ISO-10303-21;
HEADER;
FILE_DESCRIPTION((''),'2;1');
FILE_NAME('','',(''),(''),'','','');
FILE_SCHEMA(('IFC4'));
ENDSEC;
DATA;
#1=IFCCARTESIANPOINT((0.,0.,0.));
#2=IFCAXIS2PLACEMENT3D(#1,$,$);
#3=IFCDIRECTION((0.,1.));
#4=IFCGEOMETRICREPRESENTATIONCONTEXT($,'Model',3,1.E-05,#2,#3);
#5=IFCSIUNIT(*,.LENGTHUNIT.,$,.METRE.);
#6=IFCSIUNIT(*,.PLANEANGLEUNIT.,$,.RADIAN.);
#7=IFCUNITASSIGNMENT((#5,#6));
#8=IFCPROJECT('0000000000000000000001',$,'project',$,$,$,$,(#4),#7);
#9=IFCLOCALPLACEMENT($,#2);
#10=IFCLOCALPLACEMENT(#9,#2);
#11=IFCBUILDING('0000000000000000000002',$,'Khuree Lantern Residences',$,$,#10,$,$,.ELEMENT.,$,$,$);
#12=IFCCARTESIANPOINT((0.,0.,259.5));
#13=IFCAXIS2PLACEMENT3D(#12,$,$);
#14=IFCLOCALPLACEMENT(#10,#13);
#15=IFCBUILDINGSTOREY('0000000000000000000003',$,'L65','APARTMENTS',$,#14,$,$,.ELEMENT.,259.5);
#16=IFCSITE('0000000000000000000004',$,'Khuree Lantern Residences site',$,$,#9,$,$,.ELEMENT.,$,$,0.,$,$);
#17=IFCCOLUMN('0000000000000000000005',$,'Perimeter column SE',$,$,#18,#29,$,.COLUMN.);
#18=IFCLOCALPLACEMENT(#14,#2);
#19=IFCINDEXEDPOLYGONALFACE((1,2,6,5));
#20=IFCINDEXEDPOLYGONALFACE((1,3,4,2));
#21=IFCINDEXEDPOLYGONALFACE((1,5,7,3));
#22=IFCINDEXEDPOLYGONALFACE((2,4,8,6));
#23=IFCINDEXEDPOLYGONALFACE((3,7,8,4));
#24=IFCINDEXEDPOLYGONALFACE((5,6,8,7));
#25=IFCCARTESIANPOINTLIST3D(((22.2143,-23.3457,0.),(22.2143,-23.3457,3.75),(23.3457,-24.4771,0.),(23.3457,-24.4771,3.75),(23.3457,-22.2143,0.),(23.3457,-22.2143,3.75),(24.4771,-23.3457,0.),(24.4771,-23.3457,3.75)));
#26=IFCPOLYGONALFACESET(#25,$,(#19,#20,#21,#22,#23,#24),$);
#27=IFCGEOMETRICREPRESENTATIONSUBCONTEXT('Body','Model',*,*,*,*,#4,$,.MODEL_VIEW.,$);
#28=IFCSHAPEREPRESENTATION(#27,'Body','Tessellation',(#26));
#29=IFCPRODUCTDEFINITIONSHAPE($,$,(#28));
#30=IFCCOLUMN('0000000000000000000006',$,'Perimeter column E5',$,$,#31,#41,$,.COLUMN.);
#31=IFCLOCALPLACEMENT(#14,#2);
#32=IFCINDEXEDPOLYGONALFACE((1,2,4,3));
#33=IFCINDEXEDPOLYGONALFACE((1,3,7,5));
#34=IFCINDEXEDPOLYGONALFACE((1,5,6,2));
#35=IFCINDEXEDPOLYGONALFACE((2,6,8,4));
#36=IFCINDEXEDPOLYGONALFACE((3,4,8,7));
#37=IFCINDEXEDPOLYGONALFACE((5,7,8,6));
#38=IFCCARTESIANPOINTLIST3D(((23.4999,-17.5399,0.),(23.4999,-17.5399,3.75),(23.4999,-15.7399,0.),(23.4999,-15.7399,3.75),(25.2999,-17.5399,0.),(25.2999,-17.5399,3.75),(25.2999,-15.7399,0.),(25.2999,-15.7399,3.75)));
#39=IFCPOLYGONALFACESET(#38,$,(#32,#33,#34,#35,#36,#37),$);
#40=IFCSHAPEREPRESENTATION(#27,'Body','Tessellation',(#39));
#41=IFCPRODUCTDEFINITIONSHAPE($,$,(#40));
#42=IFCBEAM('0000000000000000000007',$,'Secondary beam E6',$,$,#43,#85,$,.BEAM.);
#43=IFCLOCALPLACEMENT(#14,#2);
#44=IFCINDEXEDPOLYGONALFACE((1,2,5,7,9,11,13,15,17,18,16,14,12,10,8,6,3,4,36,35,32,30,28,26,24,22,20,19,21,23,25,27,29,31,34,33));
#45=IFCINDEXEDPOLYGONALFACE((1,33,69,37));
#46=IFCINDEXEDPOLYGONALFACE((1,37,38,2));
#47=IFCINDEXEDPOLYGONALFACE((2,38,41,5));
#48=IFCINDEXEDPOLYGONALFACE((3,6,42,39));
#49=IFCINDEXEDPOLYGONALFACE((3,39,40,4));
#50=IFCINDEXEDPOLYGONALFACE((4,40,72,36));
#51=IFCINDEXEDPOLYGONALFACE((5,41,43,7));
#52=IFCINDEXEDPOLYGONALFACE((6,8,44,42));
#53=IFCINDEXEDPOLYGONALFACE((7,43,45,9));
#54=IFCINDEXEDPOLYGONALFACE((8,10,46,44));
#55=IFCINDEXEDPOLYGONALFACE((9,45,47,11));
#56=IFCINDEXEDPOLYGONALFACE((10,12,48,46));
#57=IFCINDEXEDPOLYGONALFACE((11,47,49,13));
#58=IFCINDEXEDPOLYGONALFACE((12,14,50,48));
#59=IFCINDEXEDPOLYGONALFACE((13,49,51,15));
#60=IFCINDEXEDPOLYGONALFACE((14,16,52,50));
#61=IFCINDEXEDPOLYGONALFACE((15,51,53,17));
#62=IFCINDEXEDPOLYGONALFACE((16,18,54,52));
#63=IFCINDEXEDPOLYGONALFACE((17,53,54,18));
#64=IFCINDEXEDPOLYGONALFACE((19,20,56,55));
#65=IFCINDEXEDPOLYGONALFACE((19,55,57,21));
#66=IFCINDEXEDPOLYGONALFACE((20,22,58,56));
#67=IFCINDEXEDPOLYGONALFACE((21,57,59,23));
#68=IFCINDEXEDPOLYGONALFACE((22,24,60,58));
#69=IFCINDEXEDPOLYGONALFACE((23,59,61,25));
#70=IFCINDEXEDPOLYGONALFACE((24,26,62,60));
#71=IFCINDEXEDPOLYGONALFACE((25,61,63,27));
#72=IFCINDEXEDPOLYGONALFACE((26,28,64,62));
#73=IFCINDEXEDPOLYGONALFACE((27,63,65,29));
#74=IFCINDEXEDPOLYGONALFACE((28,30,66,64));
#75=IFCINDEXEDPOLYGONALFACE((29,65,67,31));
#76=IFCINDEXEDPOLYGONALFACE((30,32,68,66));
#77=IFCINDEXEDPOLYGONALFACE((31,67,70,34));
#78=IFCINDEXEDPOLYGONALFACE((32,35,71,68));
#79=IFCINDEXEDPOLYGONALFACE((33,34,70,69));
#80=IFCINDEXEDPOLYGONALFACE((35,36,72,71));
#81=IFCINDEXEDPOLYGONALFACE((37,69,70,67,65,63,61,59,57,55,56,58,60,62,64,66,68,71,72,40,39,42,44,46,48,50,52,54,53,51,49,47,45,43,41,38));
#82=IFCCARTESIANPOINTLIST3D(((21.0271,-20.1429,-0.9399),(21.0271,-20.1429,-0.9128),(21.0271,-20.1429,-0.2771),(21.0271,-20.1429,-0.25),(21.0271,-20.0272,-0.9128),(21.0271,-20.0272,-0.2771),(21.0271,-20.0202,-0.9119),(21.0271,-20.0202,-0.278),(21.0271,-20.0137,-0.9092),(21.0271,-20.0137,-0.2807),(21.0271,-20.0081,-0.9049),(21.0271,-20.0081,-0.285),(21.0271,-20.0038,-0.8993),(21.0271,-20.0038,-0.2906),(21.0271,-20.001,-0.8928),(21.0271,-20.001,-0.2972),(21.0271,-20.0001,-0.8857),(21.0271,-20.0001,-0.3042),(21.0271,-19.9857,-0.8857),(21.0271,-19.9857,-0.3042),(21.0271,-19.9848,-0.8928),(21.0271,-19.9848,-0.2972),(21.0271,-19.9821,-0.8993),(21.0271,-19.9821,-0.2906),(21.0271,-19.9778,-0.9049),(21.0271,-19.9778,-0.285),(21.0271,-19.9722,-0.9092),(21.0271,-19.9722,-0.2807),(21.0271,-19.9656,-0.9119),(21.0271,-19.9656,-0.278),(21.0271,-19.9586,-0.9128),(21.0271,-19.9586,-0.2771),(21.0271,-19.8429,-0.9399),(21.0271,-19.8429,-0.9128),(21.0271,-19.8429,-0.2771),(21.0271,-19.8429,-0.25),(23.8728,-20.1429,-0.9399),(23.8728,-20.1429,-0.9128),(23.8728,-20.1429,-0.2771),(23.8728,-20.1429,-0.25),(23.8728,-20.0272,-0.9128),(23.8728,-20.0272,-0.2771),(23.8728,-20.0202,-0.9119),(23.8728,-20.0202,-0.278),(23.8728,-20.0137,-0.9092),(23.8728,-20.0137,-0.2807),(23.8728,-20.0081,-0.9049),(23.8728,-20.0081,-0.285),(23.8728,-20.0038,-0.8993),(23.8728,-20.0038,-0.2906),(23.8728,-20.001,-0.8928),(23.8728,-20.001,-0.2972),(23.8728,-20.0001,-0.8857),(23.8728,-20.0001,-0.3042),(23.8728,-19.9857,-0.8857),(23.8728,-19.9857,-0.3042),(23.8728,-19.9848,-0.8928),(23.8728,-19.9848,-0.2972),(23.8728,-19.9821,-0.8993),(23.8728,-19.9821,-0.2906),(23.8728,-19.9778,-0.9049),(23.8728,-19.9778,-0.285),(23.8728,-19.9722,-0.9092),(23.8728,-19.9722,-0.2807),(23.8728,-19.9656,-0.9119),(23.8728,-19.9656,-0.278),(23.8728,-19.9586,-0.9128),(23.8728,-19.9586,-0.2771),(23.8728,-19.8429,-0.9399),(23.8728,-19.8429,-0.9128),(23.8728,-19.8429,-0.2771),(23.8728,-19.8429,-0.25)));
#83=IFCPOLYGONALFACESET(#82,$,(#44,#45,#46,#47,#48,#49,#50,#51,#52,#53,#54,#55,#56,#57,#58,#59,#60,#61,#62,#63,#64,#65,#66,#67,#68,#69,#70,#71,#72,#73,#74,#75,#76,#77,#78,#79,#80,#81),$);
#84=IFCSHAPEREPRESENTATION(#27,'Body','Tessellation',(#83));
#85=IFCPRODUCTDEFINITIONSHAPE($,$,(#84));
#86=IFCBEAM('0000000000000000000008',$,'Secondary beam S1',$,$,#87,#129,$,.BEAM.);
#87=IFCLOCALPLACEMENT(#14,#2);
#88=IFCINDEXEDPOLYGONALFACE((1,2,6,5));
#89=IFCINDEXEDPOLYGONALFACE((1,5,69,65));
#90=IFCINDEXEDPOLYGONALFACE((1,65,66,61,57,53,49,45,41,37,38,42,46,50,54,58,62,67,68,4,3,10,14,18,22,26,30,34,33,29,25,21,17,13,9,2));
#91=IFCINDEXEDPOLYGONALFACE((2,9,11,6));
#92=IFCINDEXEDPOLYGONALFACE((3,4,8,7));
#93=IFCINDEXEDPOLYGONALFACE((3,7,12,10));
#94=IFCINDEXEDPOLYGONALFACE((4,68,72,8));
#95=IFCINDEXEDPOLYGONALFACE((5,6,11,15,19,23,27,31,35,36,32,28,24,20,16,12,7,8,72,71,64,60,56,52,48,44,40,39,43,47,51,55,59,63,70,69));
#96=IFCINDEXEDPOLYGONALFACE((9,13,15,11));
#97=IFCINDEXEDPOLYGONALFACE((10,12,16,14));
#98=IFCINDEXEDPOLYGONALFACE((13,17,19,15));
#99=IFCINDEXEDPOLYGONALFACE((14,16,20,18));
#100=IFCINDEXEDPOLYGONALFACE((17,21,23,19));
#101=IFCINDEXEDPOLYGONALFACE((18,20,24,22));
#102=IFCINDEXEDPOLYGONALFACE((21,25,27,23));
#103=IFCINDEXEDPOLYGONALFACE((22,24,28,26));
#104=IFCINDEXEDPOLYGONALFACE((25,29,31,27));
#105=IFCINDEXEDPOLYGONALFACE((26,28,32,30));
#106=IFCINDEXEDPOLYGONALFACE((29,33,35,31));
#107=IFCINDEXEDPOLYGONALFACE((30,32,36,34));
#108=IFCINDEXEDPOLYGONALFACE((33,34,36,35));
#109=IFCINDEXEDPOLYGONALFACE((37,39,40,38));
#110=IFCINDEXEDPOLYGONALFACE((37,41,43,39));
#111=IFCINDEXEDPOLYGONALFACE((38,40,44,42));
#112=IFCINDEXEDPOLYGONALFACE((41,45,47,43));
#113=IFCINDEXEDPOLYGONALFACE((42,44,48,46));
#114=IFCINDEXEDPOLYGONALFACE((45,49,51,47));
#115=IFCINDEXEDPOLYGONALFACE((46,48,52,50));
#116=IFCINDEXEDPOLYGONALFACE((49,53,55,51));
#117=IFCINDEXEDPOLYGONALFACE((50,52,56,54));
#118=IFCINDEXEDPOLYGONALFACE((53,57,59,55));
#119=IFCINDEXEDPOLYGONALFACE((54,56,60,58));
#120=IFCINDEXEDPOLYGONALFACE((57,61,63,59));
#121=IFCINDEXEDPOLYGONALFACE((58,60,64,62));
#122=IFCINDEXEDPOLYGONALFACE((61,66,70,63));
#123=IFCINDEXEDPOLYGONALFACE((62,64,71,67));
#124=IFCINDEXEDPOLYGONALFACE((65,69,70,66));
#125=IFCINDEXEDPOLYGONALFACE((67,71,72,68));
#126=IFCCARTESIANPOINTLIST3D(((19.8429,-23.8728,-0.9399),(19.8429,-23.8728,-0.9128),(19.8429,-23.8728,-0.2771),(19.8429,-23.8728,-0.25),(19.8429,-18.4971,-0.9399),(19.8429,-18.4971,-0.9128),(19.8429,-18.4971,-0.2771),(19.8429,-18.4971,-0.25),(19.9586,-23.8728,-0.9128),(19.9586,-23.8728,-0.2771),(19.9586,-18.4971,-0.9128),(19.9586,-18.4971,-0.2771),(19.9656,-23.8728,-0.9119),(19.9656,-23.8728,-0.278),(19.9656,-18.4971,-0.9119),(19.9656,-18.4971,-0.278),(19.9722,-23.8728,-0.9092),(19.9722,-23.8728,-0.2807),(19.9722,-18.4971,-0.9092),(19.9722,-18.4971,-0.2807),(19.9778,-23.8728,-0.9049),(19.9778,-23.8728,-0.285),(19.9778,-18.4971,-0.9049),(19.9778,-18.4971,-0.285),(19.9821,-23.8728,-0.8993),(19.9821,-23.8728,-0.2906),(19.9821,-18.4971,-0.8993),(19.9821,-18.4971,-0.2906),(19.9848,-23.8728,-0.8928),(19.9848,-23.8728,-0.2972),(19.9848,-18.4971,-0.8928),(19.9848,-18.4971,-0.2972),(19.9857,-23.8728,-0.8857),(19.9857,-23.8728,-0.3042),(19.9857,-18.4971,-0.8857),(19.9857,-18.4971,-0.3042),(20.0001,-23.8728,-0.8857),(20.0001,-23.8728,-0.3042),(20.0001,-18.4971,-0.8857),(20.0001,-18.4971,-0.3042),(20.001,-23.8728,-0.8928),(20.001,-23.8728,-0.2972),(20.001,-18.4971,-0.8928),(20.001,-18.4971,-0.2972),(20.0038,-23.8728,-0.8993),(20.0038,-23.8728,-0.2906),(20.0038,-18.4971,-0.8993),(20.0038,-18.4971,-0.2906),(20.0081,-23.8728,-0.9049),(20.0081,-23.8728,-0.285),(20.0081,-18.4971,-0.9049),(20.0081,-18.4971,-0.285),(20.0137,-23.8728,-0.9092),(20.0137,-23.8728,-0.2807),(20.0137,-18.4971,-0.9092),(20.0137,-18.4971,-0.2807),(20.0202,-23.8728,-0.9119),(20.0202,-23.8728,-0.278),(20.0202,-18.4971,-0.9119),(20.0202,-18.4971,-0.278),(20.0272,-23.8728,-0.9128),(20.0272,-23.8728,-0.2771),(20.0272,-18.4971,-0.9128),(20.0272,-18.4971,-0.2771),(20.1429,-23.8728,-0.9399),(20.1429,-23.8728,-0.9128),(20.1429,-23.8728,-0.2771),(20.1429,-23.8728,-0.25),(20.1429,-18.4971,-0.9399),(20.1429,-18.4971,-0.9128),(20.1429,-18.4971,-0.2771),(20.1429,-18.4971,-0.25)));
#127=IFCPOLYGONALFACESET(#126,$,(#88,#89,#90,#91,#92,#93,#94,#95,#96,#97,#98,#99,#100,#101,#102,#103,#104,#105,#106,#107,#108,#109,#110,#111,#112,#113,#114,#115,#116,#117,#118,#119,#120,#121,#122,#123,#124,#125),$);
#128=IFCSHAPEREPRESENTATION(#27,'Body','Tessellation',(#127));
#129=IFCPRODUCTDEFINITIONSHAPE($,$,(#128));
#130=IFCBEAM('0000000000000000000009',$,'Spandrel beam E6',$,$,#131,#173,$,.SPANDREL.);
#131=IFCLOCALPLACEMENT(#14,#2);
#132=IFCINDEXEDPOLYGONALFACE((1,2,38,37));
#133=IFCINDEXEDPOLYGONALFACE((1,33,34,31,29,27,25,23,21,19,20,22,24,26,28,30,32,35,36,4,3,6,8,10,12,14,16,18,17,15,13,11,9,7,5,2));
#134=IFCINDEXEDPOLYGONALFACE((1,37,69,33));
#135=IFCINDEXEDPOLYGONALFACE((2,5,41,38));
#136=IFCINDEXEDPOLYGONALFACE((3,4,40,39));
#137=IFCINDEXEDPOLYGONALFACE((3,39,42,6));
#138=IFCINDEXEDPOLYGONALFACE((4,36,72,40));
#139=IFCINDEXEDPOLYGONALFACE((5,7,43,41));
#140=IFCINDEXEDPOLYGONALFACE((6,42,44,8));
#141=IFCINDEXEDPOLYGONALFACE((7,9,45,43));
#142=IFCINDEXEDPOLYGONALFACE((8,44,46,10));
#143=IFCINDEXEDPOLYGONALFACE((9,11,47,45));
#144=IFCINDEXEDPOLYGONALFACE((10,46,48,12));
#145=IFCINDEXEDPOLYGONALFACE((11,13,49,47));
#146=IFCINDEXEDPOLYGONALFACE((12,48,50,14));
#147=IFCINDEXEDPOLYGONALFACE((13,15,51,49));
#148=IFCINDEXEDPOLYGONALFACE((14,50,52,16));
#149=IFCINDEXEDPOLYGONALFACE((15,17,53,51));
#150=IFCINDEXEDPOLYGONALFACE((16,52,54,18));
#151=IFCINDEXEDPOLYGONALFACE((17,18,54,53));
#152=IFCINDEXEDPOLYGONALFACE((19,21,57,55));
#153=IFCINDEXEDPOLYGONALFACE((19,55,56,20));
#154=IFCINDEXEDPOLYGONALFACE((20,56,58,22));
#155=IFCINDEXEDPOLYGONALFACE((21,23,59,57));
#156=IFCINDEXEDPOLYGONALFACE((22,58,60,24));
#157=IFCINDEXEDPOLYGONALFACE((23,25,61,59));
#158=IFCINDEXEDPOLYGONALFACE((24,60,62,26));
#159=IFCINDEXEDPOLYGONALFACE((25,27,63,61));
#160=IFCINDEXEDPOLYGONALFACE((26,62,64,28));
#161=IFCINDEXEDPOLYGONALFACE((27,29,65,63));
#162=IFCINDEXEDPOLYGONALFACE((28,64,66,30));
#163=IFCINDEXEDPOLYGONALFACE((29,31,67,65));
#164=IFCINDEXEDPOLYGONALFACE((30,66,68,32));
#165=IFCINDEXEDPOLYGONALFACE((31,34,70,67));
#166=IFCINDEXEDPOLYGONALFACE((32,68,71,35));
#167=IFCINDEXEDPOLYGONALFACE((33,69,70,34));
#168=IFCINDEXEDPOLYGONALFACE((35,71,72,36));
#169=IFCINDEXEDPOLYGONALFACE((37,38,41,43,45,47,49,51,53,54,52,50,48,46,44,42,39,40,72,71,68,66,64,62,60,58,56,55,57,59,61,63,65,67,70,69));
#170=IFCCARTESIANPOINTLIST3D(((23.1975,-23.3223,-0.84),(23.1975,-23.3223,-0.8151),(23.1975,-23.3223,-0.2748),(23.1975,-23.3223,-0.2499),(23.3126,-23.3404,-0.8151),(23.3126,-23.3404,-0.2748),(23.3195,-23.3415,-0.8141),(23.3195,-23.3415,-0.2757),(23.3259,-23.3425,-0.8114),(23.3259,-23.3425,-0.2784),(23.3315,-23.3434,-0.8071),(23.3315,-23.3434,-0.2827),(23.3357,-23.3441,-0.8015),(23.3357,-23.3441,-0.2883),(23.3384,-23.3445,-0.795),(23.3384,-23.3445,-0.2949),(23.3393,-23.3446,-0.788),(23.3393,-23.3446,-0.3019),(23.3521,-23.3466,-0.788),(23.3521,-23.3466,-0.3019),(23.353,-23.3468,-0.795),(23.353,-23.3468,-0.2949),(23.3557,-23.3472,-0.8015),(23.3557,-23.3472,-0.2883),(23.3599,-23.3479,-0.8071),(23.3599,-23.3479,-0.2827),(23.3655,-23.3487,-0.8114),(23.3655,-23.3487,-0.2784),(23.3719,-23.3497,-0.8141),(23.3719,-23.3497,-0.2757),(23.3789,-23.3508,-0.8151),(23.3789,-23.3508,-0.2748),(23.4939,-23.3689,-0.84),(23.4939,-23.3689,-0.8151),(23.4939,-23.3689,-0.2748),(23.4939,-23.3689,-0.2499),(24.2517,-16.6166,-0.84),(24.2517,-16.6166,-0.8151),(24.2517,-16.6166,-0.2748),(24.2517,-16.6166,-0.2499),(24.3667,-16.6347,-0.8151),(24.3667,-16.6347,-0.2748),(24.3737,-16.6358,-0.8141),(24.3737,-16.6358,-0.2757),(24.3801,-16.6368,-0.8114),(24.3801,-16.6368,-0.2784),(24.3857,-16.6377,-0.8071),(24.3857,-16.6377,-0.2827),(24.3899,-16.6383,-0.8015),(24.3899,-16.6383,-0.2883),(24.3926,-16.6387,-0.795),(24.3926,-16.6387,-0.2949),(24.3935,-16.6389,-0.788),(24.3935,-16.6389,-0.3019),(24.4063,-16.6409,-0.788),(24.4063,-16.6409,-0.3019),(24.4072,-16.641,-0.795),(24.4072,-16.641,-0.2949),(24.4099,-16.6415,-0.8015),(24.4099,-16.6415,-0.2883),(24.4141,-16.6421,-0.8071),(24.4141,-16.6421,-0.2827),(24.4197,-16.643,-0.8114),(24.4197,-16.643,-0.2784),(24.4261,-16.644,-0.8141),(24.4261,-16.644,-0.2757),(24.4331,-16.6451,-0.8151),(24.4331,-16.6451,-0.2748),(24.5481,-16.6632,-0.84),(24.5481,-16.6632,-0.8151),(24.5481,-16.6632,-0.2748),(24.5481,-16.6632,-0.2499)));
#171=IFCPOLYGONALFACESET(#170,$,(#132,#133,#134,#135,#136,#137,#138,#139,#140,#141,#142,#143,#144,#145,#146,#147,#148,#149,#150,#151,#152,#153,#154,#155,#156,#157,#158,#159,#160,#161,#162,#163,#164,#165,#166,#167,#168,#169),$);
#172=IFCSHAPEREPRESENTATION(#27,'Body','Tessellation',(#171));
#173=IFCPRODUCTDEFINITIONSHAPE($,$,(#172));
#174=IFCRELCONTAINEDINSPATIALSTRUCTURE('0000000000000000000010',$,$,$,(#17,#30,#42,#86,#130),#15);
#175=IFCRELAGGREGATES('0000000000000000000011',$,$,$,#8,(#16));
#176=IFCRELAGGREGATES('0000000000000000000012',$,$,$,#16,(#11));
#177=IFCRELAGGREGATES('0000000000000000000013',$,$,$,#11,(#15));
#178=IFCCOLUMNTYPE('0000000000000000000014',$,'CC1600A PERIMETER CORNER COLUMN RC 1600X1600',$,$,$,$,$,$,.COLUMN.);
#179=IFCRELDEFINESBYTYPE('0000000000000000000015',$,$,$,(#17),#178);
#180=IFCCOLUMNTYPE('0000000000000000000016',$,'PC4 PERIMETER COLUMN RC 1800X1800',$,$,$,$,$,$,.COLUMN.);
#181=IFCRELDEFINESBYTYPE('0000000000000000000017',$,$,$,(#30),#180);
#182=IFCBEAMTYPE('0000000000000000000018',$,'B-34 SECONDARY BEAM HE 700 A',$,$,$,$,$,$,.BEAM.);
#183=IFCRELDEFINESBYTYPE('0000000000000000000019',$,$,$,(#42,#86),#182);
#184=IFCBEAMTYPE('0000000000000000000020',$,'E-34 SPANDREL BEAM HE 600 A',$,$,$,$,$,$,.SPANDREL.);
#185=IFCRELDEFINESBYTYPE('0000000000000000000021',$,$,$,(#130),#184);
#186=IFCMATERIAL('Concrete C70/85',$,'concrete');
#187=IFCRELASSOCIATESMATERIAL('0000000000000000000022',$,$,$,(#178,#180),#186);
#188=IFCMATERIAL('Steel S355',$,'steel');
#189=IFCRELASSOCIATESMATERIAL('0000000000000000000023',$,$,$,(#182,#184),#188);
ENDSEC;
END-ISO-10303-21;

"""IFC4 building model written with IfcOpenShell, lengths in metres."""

from ifc_helpers import new_model, si_unit, direction, frame, origin, origin_2d, place, context, subcontext, project, spatial, rectangle, i_section, extrude, material, material_profile, profile_set, type_object, element, save


model = new_model("IFC4")

# Units and contexts
model_context = context("Model", 3, precision=1e-05, world=origin(), true_north=direction((0.0, 1.0)))
body_context = subcontext(model_context, "Body", "Model", "MODEL_VIEW")
ifc_project = project(units=[si_unit("LENGTHUNIT", "METRE"), si_unit("PLANEANGLEUNIT", "RADIAN")], contexts=[model_context])

# Site, building, storey
site_placement = place(None, origin())
site = spatial("IfcSite", under=ifc_project, at=site_placement, Name="Khuree Lantern Residences site", CompositionType="ELEMENT", RefElevation=0.0)
building_placement = place(site_placement, origin())
building = spatial("IfcBuilding", under=site, at=building_placement, Name="Khuree Lantern Residences", CompositionType="ELEMENT")
storey_placement = place(building_placement, frame((0.0, 0.0, 259.5)))
storey = spatial("IfcBuildingStorey", under=building, at=storey_placement, Name="L65", Description="APARTMENTS", CompositionType="ELEMENT", Elevation=259.5)

# Columns
ifc_material_1 = material(Name="Concrete C70/85", Category="concrete")
ifc_material_profile_1 = material_profile(ifc_material_1, rectangle(XDim=1.6001, YDim=1.6001, at=origin_2d()), Name="RC 1600X1600")
ifc_profile_set_1 = profile_set([ifc_material_profile_1], Name="Concrete C70/85")
column_type_1 = type_object("IfcColumnType", Name="CC1600A PERIMETER CORNER COLUMN RC 1600X1600", PredefinedType="COLUMN", material=ifc_profile_set_1)
column_1_placement = place(storey_placement, frame((23.3457, -23.3457, 0.0), z_axis=(0.0, 0.0, 1.0), x_axis=(0.707107, 0.707107, 0.0)))
element("IfcColumn", 1, at=column_1_placement, inside=storey, type_object=column_type_1, Name="Perimeter column SE", PredefinedType="COLUMN", context=body_context, shape_type="SweptSolid", body=[
    extrude(rectangle(XDim=1.6001, YDim=1.6001, at=origin_2d()), origin(), (0.0, 0.0, 1.0), 3.75),
])
ifc_material_profile_2 = material_profile(ifc_material_1, rectangle(XDim=1.8, YDim=1.8, at=origin_2d()), Name="RC 1800X1800")
ifc_profile_set_2 = profile_set([ifc_material_profile_2], Name="Concrete C70/85")
column_type_2 = type_object("IfcColumnType", Name="PC4 PERIMETER COLUMN RC 1800X1800", PredefinedType="COLUMN", material=ifc_profile_set_2)
column_2_placement = place(storey_placement, frame((24.3999, -16.6399, 0.0), z_axis=(0.0, 0.0, 1.0), x_axis=(0.0, 1.0, 0.0)))
element("IfcColumn", 2, at=column_2_placement, inside=storey, type_object=column_type_2, Name="Perimeter column E5", PredefinedType="COLUMN", context=body_context, shape_type="SweptSolid", body=[
    extrude(rectangle(XDim=1.8, YDim=1.8, at=origin_2d()), origin(), (0.0, 0.0, 1.0), 3.75),
])

# Beams
ifc_material_2 = material(Name="Steel S355", Category="steel")
ifc_material_profile_3 = material_profile(ifc_material_2, i_section(OverallWidth=0.3, OverallDepth=0.6899, WebThickness=0.0144, FlangeThickness=0.0271, FilletRadius=0.0271, at=origin_2d()), Name="HE 700 A")
ifc_profile_set_3 = profile_set([ifc_material_profile_3], Name="Steel S355")
beam_type_1 = type_object("IfcBeamType", Name="B-34 SECONDARY BEAM HE 700 A", PredefinedType="BEAM", material=ifc_profile_set_3)
beam_1_placement = place(storey_placement, frame((23.8728, -19.9929, -0.595), z_axis=(-1.0, 0.0, 0.0), x_axis=(0.0, -1.0, 0.0)))
element("IfcBeam", 3, at=beam_1_placement, inside=storey, type_object=beam_type_1, Name="Secondary beam E6", PredefinedType="BEAM", context=body_context, shape_type="SweptSolid", body=[
    extrude(i_section(OverallWidth=0.3, OverallDepth=0.6899, WebThickness=0.0144, FlangeThickness=0.0271, FilletRadius=0.0271, at=origin_2d()), origin(), (0.0, 0.0, 1.0), 2.8457),
])
beam_2_placement = place(storey_placement, frame((19.9929, -23.8728, -0.595), z_axis=(0.0, 1.0, 0.0), x_axis=(-1.0, 0.0, 0.0)))
element("IfcBeam", 4, at=beam_2_placement, inside=storey, type_object=beam_type_1, Name="Secondary beam S1", PredefinedType="BEAM", context=body_context, shape_type="SweptSolid", body=[
    extrude(i_section(OverallWidth=0.3, OverallDepth=0.6899, WebThickness=0.0144, FlangeThickness=0.0271, FilletRadius=0.0271, at=origin_2d()), origin(), (0.0, 0.0, 1.0), 5.3757),
])
ifc_material_profile_4 = material_profile(ifc_material_2, i_section(OverallWidth=0.3, OverallDepth=0.5901, WebThickness=0.0129, FlangeThickness=0.0249, FilletRadius=0.0271, at=origin_2d()), Name="HE 600 A")
ifc_profile_set_4 = profile_set([ifc_material_profile_4], Name="Steel S355")
beam_type_2 = type_object("IfcBeamType", Name="E-34 SPANDREL BEAM HE 600 A", PredefinedType="SPANDREL", material=ifc_profile_set_4)
for number, where, z_axis, x_axis, name in (
    (5, (24.3999, -16.6399, -0.5449), (-0.1553, -0.987867, 0.0), (0.987867, -0.1553, 0.0), "Spandrel beam E6"),
):
    element("IfcBeam", number, at=place(storey_placement, frame(where, z_axis=z_axis, x_axis=x_axis)), inside=storey, type_object=beam_type_2, Name=name, PredefinedType="SPANDREL", context=body_context, shape_type="SweptSolid", body=[
        extrude(i_section(OverallWidth=0.3, OverallDepth=0.5901, WebThickness=0.0129, FlangeThickness=0.0249, FilletRadius=0.0271, at=origin_2d()), origin(), (0.0, 0.0, 1.0), 6.7881),
    ])

save(model, "model.ifc")
